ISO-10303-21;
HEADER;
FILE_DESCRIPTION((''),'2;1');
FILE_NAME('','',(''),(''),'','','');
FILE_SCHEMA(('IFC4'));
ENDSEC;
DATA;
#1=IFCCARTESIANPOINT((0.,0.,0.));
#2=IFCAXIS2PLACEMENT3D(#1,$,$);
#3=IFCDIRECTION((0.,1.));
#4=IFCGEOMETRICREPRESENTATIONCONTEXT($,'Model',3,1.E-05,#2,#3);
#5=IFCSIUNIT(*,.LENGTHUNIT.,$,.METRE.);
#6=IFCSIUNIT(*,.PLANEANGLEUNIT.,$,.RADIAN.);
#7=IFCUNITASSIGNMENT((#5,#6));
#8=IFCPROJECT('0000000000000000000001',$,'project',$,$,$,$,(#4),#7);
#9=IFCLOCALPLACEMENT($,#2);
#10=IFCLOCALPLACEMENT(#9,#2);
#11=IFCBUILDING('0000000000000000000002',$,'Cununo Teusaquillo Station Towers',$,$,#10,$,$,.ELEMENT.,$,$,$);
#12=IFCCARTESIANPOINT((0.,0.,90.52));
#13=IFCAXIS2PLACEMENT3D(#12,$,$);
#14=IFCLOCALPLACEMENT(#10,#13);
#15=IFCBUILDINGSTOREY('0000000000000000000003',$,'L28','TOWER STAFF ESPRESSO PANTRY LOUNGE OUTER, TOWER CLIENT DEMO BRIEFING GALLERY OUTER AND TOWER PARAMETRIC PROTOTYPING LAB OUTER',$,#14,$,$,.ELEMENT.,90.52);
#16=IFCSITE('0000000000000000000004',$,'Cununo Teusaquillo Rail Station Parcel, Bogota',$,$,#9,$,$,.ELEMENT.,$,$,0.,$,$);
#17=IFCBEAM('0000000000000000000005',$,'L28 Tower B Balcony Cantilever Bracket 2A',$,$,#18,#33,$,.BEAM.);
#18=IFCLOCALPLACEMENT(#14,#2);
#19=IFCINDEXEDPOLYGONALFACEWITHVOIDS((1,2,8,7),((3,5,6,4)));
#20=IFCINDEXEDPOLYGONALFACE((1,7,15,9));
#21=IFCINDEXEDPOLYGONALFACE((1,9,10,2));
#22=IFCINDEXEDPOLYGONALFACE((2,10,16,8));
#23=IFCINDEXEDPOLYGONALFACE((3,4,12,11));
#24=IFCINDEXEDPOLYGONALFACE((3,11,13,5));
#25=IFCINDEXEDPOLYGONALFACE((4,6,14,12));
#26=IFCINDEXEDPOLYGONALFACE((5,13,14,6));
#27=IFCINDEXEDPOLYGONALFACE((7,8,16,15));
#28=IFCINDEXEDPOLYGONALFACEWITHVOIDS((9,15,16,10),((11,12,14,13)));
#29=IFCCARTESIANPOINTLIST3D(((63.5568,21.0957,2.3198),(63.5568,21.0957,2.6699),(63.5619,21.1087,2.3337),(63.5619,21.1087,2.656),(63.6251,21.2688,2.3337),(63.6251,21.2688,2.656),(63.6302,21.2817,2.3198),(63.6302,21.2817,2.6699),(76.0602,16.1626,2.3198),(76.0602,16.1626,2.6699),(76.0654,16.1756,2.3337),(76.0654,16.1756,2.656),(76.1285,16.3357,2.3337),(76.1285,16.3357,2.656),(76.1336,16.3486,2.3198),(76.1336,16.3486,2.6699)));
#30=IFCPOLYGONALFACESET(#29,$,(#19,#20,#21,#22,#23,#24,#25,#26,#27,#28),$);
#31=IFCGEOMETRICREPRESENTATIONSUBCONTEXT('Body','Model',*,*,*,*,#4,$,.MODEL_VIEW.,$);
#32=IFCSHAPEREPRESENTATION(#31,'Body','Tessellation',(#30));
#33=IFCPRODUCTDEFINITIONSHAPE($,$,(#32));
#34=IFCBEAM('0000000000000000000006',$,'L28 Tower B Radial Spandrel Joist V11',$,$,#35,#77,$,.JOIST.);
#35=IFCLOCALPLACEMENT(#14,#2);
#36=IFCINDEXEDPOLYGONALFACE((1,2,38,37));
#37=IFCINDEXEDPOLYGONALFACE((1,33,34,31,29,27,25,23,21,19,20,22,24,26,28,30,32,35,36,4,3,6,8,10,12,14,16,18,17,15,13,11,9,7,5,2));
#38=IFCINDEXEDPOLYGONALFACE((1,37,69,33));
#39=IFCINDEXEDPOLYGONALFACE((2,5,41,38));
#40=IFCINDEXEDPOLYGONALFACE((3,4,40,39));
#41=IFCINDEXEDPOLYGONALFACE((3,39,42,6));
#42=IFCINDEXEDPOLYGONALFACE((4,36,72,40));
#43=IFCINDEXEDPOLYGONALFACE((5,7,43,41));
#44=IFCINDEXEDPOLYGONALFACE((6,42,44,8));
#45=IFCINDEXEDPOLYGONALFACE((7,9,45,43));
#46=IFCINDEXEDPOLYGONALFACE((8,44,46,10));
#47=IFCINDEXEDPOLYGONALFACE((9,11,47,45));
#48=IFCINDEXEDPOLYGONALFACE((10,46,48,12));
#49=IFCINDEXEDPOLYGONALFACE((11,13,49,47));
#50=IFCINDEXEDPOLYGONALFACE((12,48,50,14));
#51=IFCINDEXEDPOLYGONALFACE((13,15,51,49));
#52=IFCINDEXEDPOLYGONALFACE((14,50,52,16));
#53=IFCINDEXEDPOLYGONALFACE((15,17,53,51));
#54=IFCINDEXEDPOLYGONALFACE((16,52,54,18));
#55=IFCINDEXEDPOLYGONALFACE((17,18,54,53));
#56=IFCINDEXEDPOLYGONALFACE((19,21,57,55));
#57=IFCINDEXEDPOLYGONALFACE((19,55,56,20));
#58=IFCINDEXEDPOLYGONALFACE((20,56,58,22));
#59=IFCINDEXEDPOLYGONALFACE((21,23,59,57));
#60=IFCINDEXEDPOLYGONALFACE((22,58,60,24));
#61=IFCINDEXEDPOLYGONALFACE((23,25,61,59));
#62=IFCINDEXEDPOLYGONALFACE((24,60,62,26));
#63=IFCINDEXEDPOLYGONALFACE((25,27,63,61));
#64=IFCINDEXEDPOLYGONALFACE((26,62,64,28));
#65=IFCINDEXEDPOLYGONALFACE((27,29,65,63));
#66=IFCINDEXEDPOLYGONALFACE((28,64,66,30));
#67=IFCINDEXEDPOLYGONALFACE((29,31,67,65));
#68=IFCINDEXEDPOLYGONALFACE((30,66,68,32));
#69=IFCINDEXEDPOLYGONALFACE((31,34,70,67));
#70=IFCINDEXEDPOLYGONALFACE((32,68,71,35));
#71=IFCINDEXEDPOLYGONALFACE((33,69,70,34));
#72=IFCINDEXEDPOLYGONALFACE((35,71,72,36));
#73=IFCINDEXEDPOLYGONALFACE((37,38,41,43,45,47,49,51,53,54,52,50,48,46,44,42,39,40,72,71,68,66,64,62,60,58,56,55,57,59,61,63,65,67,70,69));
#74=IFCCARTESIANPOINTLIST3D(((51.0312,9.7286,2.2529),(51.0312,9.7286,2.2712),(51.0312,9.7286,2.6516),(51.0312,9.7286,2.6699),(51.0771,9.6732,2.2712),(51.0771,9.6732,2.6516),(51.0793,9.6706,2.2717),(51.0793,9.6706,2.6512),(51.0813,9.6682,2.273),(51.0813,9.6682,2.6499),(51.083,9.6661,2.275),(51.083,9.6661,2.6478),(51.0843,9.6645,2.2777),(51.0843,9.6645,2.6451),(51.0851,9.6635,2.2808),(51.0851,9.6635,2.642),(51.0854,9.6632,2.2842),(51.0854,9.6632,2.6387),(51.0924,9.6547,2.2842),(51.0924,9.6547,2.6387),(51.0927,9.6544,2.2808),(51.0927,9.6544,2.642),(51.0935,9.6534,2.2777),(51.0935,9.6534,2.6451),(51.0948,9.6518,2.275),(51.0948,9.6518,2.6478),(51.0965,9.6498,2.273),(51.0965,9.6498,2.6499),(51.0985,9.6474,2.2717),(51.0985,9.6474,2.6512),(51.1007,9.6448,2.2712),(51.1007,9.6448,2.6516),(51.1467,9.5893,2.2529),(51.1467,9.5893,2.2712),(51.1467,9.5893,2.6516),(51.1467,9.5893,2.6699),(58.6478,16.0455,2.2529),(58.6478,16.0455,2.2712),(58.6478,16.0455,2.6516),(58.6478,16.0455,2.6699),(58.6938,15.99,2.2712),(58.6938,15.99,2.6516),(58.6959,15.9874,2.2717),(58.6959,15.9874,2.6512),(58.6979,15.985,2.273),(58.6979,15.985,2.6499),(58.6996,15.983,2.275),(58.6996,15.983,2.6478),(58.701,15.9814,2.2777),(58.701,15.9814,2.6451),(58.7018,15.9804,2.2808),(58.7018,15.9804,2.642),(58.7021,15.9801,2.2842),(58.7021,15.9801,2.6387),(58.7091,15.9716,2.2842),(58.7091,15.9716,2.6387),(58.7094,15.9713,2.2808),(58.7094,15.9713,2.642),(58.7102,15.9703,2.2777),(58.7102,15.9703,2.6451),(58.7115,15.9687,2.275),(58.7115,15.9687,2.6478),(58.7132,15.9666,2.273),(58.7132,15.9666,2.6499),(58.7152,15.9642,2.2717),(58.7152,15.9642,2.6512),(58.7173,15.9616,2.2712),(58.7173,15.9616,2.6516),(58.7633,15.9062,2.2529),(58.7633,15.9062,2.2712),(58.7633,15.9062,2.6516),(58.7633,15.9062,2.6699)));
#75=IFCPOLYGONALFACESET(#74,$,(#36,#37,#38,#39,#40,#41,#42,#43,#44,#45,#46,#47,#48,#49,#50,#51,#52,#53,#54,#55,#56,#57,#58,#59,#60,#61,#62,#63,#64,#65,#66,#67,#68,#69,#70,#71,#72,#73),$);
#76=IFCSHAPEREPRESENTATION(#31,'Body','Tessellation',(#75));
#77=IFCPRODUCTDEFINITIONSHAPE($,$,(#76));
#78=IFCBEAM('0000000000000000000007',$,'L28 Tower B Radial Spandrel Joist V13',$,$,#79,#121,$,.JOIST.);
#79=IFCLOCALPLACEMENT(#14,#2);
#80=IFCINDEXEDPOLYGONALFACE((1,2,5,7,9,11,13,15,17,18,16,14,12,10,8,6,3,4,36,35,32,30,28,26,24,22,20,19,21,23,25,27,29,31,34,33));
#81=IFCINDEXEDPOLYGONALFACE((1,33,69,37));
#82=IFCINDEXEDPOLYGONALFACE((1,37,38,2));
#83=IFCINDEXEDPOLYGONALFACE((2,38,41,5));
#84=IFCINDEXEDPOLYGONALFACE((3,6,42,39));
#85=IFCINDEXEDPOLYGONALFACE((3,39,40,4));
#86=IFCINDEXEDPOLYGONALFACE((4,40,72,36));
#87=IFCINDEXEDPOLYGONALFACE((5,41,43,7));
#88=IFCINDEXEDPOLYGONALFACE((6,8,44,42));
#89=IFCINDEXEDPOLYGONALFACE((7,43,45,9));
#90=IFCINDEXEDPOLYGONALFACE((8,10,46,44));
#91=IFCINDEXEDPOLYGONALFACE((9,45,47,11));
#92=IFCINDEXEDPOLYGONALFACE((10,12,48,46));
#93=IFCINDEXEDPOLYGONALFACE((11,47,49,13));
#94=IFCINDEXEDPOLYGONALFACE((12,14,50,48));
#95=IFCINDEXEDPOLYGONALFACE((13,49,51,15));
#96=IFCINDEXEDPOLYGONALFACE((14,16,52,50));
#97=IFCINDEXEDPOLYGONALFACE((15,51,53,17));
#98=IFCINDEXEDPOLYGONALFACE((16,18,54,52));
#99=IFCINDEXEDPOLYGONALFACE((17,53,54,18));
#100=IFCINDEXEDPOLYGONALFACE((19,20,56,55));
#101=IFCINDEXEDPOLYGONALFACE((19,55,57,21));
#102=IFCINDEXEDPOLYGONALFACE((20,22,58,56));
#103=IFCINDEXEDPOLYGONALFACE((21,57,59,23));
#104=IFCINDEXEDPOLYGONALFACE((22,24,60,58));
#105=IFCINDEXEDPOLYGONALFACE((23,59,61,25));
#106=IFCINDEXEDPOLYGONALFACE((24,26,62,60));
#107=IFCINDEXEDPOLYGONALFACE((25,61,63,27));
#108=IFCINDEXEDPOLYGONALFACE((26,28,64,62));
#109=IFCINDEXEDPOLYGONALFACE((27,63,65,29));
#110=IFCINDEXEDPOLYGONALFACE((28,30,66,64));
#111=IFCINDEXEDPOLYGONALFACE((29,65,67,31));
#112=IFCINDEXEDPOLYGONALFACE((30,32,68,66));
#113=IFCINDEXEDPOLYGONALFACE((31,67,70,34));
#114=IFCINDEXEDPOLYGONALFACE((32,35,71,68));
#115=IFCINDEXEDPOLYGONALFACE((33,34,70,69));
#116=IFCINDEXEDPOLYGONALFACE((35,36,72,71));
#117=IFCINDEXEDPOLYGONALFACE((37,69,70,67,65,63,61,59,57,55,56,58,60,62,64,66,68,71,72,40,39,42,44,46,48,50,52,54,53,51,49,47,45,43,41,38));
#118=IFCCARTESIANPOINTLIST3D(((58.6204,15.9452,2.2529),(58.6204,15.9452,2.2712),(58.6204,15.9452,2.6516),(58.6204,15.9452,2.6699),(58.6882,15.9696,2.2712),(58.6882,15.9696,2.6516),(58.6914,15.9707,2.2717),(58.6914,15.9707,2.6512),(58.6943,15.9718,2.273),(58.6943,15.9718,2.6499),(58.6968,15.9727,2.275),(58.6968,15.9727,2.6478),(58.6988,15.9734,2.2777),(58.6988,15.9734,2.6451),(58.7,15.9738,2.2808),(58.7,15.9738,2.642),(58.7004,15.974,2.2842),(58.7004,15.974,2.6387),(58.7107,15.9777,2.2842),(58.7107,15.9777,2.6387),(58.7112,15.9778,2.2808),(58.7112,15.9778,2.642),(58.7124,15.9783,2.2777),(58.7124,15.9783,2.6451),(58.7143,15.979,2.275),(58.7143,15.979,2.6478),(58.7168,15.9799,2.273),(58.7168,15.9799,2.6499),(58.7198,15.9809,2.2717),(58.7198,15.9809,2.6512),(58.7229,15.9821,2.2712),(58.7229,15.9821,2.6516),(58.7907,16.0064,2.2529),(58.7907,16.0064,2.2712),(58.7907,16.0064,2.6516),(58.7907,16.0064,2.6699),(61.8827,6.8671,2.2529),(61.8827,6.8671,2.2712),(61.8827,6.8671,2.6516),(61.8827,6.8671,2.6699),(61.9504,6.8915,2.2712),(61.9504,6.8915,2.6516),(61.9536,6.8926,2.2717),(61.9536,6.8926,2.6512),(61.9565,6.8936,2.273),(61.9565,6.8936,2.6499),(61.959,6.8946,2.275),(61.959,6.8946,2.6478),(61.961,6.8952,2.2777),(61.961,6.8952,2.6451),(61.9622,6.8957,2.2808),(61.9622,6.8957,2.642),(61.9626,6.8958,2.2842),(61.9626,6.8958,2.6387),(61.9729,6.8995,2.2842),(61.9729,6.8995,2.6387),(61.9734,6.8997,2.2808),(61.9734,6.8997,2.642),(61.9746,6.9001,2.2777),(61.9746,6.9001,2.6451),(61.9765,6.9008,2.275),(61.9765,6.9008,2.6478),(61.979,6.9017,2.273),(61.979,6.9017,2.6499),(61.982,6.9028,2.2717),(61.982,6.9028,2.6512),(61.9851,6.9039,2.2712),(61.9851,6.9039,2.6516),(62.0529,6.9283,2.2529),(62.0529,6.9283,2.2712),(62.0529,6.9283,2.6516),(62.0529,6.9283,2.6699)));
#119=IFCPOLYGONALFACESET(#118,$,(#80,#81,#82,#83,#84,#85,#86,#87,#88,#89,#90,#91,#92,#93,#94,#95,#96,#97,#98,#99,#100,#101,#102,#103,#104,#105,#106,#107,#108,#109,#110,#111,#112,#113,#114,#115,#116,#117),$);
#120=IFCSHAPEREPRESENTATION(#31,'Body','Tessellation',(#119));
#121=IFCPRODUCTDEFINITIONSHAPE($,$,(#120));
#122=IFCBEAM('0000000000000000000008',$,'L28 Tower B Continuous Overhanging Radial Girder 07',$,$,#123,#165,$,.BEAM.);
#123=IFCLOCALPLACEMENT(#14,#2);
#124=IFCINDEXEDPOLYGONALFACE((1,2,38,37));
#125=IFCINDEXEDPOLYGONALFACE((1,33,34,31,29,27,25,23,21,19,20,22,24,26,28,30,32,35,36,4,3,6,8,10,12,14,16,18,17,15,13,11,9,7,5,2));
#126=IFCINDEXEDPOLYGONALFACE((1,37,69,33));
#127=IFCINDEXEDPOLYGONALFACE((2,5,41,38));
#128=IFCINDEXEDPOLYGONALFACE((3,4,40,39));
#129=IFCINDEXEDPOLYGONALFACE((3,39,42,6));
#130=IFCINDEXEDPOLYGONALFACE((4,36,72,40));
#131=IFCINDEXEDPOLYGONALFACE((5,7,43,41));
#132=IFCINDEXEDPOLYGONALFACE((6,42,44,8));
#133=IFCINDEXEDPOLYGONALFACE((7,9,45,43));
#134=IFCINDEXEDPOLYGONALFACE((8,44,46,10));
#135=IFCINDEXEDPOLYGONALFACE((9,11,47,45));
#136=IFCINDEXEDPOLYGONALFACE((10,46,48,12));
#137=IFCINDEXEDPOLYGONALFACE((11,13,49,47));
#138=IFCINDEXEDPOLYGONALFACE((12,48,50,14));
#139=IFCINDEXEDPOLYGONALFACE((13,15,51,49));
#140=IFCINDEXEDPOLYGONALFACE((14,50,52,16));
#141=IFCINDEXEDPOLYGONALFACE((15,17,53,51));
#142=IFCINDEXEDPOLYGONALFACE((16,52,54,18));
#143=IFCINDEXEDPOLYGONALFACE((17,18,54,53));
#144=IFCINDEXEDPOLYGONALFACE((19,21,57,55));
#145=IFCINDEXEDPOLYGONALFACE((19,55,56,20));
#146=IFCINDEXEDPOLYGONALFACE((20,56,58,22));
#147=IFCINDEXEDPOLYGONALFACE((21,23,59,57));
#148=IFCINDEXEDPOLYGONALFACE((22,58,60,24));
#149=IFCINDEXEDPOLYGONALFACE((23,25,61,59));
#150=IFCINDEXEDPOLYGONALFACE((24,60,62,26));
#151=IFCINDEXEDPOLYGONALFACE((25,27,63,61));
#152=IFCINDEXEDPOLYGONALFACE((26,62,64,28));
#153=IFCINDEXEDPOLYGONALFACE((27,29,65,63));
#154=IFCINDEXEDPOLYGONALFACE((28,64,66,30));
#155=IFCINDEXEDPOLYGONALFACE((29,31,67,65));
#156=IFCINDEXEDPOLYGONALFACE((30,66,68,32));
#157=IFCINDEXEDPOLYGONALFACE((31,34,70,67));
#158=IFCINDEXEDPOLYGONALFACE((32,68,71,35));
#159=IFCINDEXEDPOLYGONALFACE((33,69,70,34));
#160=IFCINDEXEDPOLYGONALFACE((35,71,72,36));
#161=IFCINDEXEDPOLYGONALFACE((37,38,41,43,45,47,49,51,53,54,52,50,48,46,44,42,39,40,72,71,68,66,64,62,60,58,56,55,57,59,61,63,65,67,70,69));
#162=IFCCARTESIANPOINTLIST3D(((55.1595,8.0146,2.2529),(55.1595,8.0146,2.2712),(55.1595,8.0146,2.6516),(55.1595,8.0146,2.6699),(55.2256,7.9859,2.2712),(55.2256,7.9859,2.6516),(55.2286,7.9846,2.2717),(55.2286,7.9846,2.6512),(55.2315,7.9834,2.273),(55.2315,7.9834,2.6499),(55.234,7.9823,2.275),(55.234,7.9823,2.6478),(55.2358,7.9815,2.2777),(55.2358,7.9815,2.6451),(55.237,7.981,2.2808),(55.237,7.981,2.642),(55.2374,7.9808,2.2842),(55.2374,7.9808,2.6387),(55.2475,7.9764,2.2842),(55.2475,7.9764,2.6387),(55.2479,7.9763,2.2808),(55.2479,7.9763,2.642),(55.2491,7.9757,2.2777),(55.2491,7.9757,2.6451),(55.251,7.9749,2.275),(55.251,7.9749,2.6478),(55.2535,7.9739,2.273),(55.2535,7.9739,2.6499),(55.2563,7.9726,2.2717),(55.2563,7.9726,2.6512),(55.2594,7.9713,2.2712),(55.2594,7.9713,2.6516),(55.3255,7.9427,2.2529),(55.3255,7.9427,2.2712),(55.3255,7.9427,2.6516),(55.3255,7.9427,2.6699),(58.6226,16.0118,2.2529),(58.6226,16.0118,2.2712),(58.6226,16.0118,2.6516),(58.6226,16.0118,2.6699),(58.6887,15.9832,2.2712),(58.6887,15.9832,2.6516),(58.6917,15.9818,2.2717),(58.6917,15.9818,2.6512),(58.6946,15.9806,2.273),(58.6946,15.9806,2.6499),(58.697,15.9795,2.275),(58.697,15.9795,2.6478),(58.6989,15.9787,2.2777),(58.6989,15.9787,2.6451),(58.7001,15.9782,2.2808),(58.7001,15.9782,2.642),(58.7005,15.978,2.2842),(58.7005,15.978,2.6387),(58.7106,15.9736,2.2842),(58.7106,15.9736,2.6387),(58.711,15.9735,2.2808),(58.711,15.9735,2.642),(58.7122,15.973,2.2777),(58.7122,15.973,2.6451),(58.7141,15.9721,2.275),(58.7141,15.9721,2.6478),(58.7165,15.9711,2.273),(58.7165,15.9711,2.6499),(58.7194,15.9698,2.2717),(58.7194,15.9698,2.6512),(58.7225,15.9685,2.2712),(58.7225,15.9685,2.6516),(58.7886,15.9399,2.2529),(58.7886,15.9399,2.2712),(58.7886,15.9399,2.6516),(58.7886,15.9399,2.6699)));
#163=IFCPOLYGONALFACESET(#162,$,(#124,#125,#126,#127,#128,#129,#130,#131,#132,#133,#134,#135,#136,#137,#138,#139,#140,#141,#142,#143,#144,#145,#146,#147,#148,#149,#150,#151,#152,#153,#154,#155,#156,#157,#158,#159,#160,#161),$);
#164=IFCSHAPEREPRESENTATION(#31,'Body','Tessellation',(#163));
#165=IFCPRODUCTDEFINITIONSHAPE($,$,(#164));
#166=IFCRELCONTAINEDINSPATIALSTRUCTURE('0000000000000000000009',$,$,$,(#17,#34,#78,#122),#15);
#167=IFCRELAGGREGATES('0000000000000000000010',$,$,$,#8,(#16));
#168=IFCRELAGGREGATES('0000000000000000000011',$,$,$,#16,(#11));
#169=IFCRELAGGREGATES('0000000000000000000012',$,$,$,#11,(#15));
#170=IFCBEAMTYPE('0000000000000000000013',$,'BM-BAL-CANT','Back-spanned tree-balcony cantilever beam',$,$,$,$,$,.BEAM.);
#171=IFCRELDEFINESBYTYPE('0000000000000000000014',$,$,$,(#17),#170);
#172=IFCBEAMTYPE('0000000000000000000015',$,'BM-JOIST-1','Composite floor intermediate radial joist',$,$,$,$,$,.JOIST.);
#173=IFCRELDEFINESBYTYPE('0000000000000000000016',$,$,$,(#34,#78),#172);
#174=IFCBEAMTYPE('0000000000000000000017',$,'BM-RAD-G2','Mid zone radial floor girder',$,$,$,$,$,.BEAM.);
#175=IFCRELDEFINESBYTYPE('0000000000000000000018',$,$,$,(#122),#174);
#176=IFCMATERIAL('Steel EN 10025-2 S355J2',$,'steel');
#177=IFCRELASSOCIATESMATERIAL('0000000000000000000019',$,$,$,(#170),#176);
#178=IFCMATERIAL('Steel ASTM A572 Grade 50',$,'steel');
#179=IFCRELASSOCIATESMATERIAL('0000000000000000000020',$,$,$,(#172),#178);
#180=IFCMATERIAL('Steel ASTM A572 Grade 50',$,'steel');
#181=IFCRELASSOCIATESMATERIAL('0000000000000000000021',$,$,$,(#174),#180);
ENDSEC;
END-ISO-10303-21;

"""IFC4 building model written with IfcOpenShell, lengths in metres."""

from ifc_helpers import new_model, si_unit, direction, frame, origin, origin_2d, place, context, subcontext, project, spatial, hollow_rectangle, i_section, extrude, material, material_profile, profile_set, type_object, element, save


model = new_model("IFC4")

# Units and contexts
model_context = context("Model", 3, precision=1e-05, world=origin(), true_north=direction((0.0, 1.0)))
body_context = subcontext(model_context, "Body", "Model", "MODEL_VIEW")
ifc_project = project(units=[si_unit("LENGTHUNIT", "METRE"), si_unit("PLANEANGLEUNIT", "RADIAN")], contexts=[model_context])

# Site, building, storey
site_placement = place(None, origin())
site = spatial("IfcSite", under=ifc_project, at=site_placement, Name="Cununo Teusaquillo Rail Station Parcel, Bogota", CompositionType="ELEMENT", RefElevation=0.0)
building_placement = place(site_placement, origin())
building = spatial("IfcBuilding", under=site, at=building_placement, Name="Cununo Teusaquillo Station Towers", CompositionType="ELEMENT")
storey_placement = place(building_placement, frame((0.0, 0.0, 90.52)))
storey = spatial("IfcBuildingStorey", under=building, at=storey_placement, Name="L28", Description="TOWER STAFF ESPRESSO PANTRY LOUNGE OUTER, TOWER CLIENT DEMO BRIEFING GALLERY OUTER AND TOWER PARAMETRIC PROTOTYPING LAB OUTER", CompositionType="ELEMENT", Elevation=90.52)

# Beams
ifc_material_1 = material(Name="Steel EN 10025-2 S355J2", Category="steel")
ifc_material_profile_1 = material_profile(ifc_material_1, hollow_rectangle(XDim=0.2, YDim=0.3501, WallThickness=0.0139, at=origin_2d()), Name="RHS 350x200x14")
ifc_profile_set_1 = profile_set([ifc_material_profile_1], Name="Steel EN 10025-2 S355J2")
beam_type_1 = type_object("IfcBeamType", Name="BM-BAL-CANT", Description="Back-spanned tree-balcony cantilever beam", PredefinedType="BEAM", material=ifc_profile_set_1)
beam_1_placement = place(storey_placement, frame((63.5935, 21.1887, 2.4949), z_axis=(0.930218, -0.367009, 0.0), x_axis=(0.367009, 0.930218, 0.0)))
element("IfcBeam", 1, at=beam_1_placement, inside=storey, type_object=beam_type_1, Name="L28 Tower B Balcony Cantilever Bracket 2A", PredefinedType="BEAM", context=body_context, shape_type="SweptSolid", body=[
    extrude(hollow_rectangle(XDim=0.2, YDim=0.3501, WallThickness=0.0139, at=origin_2d()), origin(), (0.0, 0.0, 1.0), 13.4414),
])
ifc_material_2 = material(Name="Steel ASTM A572 Grade 50", Category="steel")
ifc_material_profile_2 = material_profile(ifc_material_2, i_section(OverallWidth=0.1809, OverallDepth=0.417, WebThickness=0.011, FlangeThickness=0.0183, FilletRadius=0.0129, at=origin_2d()), Name="W16X57")
ifc_profile_set_2 = profile_set([ifc_material_profile_2], Name="Steel ASTM A572 Grade 50")
beam_type_2 = type_object("IfcBeamType", Name="BM-JOIST-1", Description="Composite floor intermediate radial joist", PredefinedType="JOIST", material=ifc_profile_set_2)
beam_2_placement = place(storey_placement, frame((58.7056, 15.9758, 2.4614), z_axis=(-0.769728, -0.638372, 0.0), x_axis=(0.638372, -0.769728, 0.0)))
element("IfcBeam", 2, at=beam_2_placement, inside=storey, type_object=beam_type_2, Name="L28 Tower B Radial Spandrel Joist V11", PredefinedType="JOIST", context=body_context, shape_type="SweptSolid", body=[
    extrude(i_section(OverallWidth=0.1809, OverallDepth=0.417, WebThickness=0.011, FlangeThickness=0.0183, FilletRadius=0.0129, at=origin_2d()), origin(), (0.0, 0.0, 1.0), 9.8953),
])
beam_3_placement = place(storey_placement, frame((58.7056, 15.9758, 2.4614), z_axis=(0.338176, -0.941083, 0.0), x_axis=(0.941083, 0.338176, 0.0)))
element("IfcBeam", 3, at=beam_3_placement, inside=storey, type_object=beam_type_2, Name="L28 Tower B Radial Spandrel Joist V13", PredefinedType="JOIST", context=body_context, shape_type="SweptSolid", body=[
    extrude(i_section(OverallWidth=0.1809, OverallDepth=0.417, WebThickness=0.011, FlangeThickness=0.0183, FilletRadius=0.0129, at=origin_2d()), origin(), (0.0, 0.0, 1.0), 9.6465),
])
ifc_material_3 = material(Name="Steel ASTM A572 Grade 50", Category="steel")
ifc_material_profile_3 = material_profile(ifc_material_3, i_section(OverallWidth=0.1809, OverallDepth=0.417, WebThickness=0.011, FlangeThickness=0.0183, FilletRadius=0.0129, at=origin_2d()), Name="W16X57")
ifc_profile_set_3 = profile_set([ifc_material_profile_3], Name="Steel ASTM A572 Grade 50")
beam_type_3 = type_object("IfcBeamType", Name="BM-RAD-G2", Description="Mid zone radial floor girder", PredefinedType="BEAM", material=ifc_profile_set_3)
beam_4_placement = place(storey_placement, frame((58.7056, 15.9758, 2.4614), z_axis=(-0.397379, -0.917655, 0.0), x_axis=(0.917655, -0.397379, 0.0)))
element("IfcBeam", 4, at=beam_4_placement, inside=storey, type_object=beam_type_3, Name="L28 Tower B Continuous Overhanging Radial Girder 07", PredefinedType="BEAM", context=body_context, shape_type="SweptSolid", body=[
    extrude(i_section(OverallWidth=0.1809, OverallDepth=0.417, WebThickness=0.011, FlangeThickness=0.0183, FilletRadius=0.0129, at=origin_2d()), origin(), (0.0, 0.0, 1.0), 8.7148),
])

save(model, "model.ifc")
